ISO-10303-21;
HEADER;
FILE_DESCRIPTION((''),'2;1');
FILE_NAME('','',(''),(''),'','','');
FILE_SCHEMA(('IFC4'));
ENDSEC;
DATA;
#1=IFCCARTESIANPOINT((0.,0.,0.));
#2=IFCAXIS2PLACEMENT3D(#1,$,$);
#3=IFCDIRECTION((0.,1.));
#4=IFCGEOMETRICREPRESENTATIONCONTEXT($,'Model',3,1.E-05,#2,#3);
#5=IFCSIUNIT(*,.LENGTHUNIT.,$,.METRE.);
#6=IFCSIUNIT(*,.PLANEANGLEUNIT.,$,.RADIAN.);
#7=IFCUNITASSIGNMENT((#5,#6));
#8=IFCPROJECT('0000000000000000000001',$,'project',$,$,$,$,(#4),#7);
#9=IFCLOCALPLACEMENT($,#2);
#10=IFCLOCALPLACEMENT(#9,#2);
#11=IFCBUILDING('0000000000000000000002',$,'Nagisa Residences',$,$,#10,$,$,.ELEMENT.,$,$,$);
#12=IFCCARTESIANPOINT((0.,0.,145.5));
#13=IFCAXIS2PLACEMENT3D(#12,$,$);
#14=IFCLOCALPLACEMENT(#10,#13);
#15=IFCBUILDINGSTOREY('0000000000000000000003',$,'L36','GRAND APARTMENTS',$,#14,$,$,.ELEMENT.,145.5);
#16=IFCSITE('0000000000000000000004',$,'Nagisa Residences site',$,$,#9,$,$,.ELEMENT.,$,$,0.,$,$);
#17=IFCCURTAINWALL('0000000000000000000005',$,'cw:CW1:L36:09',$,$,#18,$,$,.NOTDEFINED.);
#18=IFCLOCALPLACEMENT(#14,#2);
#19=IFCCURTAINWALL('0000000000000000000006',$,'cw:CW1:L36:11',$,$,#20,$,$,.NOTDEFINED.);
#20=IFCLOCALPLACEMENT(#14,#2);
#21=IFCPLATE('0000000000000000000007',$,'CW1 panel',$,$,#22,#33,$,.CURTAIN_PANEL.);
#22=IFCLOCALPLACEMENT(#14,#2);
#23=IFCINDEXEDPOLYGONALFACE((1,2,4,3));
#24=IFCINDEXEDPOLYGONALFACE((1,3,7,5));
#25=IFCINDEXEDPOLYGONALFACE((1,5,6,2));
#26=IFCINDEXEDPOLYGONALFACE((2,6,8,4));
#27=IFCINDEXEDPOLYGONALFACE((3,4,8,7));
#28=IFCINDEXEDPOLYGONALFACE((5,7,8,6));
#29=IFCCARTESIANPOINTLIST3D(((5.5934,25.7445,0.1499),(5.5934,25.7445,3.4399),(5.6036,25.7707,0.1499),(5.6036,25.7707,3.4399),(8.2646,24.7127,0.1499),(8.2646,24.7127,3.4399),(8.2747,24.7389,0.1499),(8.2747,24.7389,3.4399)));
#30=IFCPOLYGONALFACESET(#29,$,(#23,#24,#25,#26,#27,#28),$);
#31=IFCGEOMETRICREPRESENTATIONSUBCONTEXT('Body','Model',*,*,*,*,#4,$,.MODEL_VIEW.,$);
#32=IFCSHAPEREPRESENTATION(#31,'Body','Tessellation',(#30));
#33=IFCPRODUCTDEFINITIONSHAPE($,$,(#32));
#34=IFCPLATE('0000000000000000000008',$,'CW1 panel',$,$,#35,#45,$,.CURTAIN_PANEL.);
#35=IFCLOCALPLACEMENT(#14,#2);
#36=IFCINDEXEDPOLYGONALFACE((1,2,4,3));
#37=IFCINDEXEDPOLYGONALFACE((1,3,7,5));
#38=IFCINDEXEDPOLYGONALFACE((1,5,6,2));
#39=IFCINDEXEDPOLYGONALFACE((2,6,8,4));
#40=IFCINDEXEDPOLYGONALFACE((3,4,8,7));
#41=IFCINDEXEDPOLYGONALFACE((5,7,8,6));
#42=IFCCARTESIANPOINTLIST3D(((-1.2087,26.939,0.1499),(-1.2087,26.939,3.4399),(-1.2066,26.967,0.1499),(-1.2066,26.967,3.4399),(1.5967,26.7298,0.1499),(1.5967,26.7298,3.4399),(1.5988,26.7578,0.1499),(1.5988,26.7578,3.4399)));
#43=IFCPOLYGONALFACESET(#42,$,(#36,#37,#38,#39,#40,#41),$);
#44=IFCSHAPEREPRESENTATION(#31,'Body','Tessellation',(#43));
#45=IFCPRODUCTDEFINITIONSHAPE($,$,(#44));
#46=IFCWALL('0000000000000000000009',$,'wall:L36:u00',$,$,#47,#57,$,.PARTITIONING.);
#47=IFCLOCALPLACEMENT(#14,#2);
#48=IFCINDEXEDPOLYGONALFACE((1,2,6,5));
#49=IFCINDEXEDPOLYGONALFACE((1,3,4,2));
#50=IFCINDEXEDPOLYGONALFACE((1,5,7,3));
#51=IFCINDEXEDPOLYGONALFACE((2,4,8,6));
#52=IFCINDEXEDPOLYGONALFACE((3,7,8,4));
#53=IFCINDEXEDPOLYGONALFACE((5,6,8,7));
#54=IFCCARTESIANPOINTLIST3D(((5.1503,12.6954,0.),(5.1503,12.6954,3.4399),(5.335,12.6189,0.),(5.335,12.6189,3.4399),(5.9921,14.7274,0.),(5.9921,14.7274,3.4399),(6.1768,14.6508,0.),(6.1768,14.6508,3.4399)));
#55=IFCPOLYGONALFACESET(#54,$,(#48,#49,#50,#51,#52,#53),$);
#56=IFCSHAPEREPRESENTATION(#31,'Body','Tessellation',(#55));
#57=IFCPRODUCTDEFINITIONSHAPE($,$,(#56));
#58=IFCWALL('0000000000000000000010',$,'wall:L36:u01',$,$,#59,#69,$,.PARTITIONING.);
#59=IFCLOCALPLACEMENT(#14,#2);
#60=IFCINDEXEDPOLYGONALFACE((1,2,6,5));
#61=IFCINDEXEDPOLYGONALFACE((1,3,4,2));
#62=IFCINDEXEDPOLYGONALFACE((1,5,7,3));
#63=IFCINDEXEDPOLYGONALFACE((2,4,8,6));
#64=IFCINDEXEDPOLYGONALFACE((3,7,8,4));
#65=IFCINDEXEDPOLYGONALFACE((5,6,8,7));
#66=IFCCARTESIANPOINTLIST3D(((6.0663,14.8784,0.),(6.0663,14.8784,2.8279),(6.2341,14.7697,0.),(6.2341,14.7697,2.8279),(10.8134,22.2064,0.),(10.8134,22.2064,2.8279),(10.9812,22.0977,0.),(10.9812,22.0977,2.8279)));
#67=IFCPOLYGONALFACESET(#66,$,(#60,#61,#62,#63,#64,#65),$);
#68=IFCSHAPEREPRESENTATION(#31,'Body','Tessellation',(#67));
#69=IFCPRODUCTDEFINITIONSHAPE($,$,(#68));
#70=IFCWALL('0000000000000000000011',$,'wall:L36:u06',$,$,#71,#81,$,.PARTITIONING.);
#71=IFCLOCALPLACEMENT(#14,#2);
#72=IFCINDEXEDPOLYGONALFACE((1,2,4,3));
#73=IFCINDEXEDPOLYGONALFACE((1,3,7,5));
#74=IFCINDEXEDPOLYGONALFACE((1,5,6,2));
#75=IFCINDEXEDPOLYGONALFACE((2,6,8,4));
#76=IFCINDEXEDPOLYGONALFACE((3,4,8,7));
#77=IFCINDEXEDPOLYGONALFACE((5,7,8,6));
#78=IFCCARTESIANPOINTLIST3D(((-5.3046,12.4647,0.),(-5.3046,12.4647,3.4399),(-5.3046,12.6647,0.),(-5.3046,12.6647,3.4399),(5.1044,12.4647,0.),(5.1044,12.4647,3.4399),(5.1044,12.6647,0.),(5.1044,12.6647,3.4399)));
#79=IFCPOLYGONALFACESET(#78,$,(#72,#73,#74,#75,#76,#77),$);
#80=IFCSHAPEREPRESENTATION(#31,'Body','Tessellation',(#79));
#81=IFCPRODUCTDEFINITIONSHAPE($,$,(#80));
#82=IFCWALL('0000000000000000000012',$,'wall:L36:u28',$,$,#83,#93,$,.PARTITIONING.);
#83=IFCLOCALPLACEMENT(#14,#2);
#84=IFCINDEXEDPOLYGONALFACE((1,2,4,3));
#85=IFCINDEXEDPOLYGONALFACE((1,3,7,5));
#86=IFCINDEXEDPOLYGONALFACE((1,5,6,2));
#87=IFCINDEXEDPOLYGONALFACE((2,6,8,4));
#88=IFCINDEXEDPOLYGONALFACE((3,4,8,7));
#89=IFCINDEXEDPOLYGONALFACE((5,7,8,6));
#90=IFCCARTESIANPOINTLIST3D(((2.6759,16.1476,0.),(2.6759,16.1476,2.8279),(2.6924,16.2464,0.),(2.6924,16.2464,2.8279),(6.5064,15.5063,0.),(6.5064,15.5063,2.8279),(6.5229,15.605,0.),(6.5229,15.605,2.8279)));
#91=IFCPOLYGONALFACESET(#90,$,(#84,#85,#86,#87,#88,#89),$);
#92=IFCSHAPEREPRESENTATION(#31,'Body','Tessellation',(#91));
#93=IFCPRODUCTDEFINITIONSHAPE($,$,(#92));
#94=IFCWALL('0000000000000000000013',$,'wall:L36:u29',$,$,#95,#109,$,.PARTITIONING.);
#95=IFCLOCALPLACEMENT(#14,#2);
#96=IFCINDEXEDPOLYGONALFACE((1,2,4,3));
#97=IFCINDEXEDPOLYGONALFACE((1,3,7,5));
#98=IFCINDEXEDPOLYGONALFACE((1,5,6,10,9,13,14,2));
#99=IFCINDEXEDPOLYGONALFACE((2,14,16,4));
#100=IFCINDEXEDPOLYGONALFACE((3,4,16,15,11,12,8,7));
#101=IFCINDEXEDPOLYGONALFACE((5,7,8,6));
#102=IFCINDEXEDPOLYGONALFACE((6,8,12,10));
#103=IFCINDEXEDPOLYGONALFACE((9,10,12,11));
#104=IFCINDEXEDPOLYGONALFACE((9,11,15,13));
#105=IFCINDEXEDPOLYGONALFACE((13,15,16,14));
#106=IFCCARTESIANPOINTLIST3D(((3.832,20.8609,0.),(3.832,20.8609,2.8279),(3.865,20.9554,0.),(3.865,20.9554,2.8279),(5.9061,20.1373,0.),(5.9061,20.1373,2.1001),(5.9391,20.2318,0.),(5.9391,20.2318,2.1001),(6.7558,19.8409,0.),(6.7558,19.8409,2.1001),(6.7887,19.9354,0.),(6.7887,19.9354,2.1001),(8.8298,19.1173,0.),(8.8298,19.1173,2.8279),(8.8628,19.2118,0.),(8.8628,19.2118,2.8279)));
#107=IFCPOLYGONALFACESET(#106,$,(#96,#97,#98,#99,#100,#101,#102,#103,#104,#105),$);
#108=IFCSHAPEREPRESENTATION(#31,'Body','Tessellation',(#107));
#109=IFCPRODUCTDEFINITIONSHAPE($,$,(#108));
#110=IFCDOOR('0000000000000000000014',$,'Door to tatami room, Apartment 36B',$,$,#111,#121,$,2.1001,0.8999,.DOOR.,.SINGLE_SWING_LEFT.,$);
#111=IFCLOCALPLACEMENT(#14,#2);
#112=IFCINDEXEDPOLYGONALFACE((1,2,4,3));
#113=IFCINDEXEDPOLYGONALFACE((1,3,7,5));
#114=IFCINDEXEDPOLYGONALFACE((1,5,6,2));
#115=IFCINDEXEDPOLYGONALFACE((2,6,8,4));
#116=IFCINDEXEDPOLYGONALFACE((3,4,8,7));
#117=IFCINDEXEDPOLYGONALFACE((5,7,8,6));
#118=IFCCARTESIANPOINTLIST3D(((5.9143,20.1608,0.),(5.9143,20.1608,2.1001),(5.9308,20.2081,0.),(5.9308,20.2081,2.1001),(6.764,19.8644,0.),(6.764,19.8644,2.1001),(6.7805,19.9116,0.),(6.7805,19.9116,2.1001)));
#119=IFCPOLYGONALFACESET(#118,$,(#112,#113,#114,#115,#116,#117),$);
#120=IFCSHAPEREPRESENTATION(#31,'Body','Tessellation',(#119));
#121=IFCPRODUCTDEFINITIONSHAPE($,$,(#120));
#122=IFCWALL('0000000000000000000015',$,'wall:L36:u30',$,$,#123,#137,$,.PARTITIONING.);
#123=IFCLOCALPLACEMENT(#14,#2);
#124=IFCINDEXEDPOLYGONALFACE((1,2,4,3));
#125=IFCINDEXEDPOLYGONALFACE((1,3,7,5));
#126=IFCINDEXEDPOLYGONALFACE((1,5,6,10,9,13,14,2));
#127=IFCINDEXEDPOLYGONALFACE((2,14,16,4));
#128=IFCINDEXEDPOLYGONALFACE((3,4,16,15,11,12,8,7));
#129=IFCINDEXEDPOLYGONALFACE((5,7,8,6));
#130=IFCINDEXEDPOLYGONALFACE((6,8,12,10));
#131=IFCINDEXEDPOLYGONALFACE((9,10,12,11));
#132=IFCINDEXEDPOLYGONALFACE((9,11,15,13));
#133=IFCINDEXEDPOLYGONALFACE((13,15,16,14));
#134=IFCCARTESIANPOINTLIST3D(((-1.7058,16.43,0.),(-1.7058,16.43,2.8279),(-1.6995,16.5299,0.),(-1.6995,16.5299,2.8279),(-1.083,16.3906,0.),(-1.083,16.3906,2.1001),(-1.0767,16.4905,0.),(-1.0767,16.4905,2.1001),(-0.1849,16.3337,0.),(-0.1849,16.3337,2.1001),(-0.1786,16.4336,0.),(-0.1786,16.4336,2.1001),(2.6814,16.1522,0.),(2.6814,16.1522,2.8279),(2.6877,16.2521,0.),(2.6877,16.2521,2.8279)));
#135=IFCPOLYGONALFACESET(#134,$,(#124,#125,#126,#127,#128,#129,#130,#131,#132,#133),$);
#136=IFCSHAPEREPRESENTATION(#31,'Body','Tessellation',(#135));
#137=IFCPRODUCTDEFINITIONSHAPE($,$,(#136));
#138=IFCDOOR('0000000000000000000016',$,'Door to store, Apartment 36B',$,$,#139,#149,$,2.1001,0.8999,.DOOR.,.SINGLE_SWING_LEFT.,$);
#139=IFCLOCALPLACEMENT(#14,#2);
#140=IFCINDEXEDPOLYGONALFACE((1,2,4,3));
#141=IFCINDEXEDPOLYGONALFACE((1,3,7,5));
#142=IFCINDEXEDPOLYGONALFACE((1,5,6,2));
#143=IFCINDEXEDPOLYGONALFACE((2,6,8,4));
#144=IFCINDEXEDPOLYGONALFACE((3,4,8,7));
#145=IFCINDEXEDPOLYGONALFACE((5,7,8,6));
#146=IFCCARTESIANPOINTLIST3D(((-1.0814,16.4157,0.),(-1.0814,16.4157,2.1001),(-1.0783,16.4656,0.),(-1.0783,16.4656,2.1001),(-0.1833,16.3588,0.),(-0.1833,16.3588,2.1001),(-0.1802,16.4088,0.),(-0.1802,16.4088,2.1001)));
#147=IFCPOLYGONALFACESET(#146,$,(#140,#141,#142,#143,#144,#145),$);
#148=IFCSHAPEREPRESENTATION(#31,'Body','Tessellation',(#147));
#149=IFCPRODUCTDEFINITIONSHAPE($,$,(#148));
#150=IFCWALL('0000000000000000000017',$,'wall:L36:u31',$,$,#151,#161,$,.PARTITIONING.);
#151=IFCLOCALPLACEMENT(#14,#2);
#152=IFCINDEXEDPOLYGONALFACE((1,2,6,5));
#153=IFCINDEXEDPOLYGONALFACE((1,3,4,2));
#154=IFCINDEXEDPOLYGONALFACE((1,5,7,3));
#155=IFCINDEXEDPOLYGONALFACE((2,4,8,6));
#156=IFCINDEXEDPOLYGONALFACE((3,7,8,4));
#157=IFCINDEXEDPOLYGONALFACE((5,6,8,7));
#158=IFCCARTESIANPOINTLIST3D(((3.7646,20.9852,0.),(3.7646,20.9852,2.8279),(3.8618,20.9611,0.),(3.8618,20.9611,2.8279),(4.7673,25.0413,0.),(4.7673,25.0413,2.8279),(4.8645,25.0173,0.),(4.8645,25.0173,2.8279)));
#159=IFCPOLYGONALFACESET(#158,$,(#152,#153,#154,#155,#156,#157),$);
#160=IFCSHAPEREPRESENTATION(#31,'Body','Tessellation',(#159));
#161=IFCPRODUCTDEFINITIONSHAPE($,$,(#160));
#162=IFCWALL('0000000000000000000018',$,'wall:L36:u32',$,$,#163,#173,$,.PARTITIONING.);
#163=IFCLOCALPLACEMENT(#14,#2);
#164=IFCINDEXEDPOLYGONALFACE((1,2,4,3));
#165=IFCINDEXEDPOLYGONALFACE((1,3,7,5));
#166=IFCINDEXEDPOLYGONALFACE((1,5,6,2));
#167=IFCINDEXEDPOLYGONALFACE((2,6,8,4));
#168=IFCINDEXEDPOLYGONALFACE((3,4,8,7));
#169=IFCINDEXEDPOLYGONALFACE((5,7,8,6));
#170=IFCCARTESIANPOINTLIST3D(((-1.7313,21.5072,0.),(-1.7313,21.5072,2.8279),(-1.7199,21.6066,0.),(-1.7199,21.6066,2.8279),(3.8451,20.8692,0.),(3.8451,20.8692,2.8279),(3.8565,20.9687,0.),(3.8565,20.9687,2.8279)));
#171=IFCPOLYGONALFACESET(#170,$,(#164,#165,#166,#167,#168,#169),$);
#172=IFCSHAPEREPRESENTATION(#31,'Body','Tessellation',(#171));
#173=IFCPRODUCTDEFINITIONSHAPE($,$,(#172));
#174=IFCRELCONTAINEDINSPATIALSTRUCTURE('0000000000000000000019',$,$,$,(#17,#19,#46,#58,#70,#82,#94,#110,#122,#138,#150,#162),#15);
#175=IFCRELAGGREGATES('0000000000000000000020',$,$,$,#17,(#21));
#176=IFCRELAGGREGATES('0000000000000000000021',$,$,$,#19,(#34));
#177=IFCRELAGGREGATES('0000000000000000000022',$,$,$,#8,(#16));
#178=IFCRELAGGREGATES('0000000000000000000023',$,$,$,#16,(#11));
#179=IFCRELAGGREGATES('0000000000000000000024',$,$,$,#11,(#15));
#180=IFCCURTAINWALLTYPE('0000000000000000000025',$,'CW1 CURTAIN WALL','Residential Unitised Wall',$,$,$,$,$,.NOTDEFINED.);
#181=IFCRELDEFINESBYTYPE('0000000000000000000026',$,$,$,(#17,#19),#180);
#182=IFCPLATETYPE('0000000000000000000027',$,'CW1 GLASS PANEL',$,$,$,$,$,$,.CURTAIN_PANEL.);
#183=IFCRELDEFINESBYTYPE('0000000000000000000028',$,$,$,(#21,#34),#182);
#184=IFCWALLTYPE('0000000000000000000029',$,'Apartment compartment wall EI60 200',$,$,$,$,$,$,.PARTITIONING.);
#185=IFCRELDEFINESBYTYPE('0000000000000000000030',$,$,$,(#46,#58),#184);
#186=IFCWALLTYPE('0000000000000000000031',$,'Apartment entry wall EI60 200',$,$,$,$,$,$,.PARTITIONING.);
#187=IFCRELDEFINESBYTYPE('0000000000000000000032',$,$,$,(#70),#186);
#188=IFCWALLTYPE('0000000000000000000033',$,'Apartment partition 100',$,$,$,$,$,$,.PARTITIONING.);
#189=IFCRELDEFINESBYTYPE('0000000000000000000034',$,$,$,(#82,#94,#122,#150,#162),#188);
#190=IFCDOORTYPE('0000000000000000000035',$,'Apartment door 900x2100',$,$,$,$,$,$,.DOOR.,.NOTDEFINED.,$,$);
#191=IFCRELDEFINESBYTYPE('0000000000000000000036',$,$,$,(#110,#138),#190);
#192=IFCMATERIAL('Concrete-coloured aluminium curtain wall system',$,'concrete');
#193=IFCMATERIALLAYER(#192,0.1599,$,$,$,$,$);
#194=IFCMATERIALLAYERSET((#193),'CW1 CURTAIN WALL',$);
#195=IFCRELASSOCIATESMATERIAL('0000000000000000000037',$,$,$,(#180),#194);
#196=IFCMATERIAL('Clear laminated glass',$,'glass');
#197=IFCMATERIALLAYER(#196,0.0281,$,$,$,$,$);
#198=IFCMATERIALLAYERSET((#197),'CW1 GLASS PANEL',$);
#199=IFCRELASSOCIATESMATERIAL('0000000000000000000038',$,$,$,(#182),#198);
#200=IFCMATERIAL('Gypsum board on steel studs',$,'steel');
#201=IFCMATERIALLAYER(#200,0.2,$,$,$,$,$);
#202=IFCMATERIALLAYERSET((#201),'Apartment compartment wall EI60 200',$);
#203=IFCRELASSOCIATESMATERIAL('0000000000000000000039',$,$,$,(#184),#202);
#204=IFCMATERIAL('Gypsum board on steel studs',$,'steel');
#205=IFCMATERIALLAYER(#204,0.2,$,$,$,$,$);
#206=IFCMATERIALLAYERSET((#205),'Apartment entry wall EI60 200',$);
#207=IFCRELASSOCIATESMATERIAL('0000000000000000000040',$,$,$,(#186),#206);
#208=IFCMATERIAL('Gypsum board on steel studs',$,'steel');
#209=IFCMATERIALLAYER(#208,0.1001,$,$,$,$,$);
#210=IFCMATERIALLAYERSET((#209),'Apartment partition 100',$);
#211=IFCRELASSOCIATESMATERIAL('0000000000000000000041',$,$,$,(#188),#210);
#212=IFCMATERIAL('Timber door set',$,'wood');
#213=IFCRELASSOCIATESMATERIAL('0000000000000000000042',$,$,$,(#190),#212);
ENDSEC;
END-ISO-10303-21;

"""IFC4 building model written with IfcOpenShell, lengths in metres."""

from ifc_helpers import new_model, si_unit, direction, frame, frame_2d, origin, origin_2d, place, context, subcontext, project, spatial, rectangle, extrude, material, layer, layer_set, type_object, element, fill, aggregate, save


model = new_model("IFC4")

# Units and contexts
model_context = context("Model", 3, precision=1e-05, world=origin(), true_north=direction((0.0, 1.0)))
body_context = subcontext(model_context, "Body", "Model", "MODEL_VIEW")
ifc_project = project(units=[si_unit("LENGTHUNIT", "METRE"), si_unit("PLANEANGLEUNIT", "RADIAN")], contexts=[model_context])

# Site, building, storey
site_placement = place(None, origin())
site = spatial("IfcSite", under=ifc_project, at=site_placement, Name="Nagisa Residences site", CompositionType="ELEMENT", RefElevation=0.0)
building_placement = place(site_placement, origin())
building = spatial("IfcBuilding", under=site, at=building_placement, Name="Nagisa Residences", CompositionType="ELEMENT")
storey_placement = place(building_placement, frame((0.0, 0.0, 145.5)))
storey = spatial("IfcBuildingStorey", under=building, at=storey_placement, Name="L36", Description="GRAND APARTMENTS", CompositionType="ELEMENT", Elevation=145.5)

# Curtain walls
ifc_material_1 = material(Name="Concrete-coloured aluminium curtain wall system", Category="concrete")
ifc_layer_1 = layer(ifc_material_1, 0.1599)
ifc_layer_set_1 = layer_set([ifc_layer_1], Name="CW1 CURTAIN WALL")
curtain_wall_type = type_object("IfcCurtainWallType", Name="CW1 CURTAIN WALL", Description="Residential Unitised Wall", PredefinedType="NOTDEFINED", material=ifc_layer_set_1)
curtain_wall_1_placement = place(storey_placement, origin())
curtain_wall_1 = element("IfcCurtainWall", 1, at=curtain_wall_1_placement, inside=storey, type_object=curtain_wall_type, Name="cw:CW1:L36:09", PredefinedType="NOTDEFINED")
curtain_wall_2_placement = place(storey_placement, origin())
curtain_wall_2 = element("IfcCurtainWall", 2, at=curtain_wall_2_placement, inside=storey, type_object=curtain_wall_type, Name="cw:CW1:L36:11", PredefinedType="NOTDEFINED")

# Shared definitions
ifc_material_2 = material(Name="Clear laminated glass", Category="glass")
ifc_layer_2 = layer(ifc_material_2, 0.0281)
ifc_layer_set_2 = layer_set([ifc_layer_2], Name="CW1 GLASS PANEL")
plate_type = type_object("IfcPlateType", Name="CW1 GLASS PANEL", PredefinedType="CURTAIN_PANEL", material=ifc_layer_set_2)

# Plates
plate_1_placement = place(storey_placement, frame((6.9341, 25.2417, 0.1499), z_axis=(0.0, 0.0, 1.0), x_axis=(-0.932826, 0.360328, 0.0)))
plate_1 = element("IfcPlate", 3, at=plate_1_placement, type_object=plate_type, Name="CW1 panel", PredefinedType="CURTAIN_PANEL", context=body_context, shape_type="SweptSolid", body=[
    extrude(rectangle(XDim=2.8635, YDim=0.0281, at=origin_2d()), origin(), (0.0, 0.0, 1.0), 3.29),
])
aggregate(curtain_wall_1, [plate_1])
plate_2_placement = place(storey_placement, frame((0.1951, 26.8484, 0.1499), z_axis=(0.0, 0.0, 1.0), x_axis=(-0.99723, 0.074377, 0.0)))
plate_2 = element("IfcPlate", 4, at=plate_2_placement, type_object=plate_type, Name="CW1 panel", PredefinedType="CURTAIN_PANEL", context=body_context, shape_type="SweptSolid", body=[
    extrude(rectangle(XDim=2.8132, YDim=0.0281, at=origin_2d()), origin(), (0.0, 0.0, 1.0), 3.29),
])
aggregate(curtain_wall_2, [plate_2])

# Walls
ifc_material_3 = material(Name="Gypsum board on steel studs", Category="steel")
ifc_layer_3 = layer(ifc_material_3, 0.2)
ifc_layer_set_3 = layer_set([ifc_layer_3], Name="Apartment compartment wall EI60 200")
wall_type_1 = type_object("IfcWallType", Name="Apartment compartment wall EI60 200", PredefinedType="PARTITIONING", material=ifc_layer_set_3)
wall_1_placement = place(storey_placement, frame((5.2427, 12.6572, 0.0), z_axis=(0.0, 0.0, 1.0), x_axis=(0.382731, 0.92386, 0.0)))
element("IfcWall", 5, at=wall_1_placement, inside=storey, type_object=wall_type_1, Name="wall:L36:u00", PredefinedType="PARTITIONING", context=body_context, shape_type="SweptSolid", body=[
    extrude(rectangle(XDim=2.1995, YDim=0.2, at=frame_2d((1.0996, 0.0))), origin(), (0.0, 0.0, 1.0), 3.4399),
])
wall_2_placement = place(storey_placement, frame((6.1501, 14.824, 0.0), z_axis=(0.0, 0.0, 1.0), x_axis=(0.543695, 0.839283, 0.0)))
element("IfcWall", 6, at=wall_2_placement, inside=storey, type_object=wall_type_1, Name="wall:L36:u01", PredefinedType="PARTITIONING", context=body_context, shape_type="SweptSolid", body=[
    extrude(rectangle(XDim=8.7312, YDim=0.2, at=frame_2d((4.3657, 0.0))), origin(), (0.0, 0.0, 1.0), 2.8279),
])
ifc_material_4 = material(Name="Gypsum board on steel studs", Category="steel")
ifc_layer_4 = layer(ifc_material_4, 0.2)
ifc_layer_set_4 = layer_set([ifc_layer_4], Name="Apartment entry wall EI60 200")
wall_type_2 = type_object("IfcWallType", Name="Apartment entry wall EI60 200", PredefinedType="PARTITIONING", material=ifc_layer_set_4)
wall_3_placement = place(storey_placement, frame((5.1045, 12.5647, 0.0), z_axis=(0.0, 0.0, 1.0), x_axis=(-1.0, 0.0, 0.0)))
element("IfcWall", 7, at=wall_3_placement, inside=storey, type_object=wall_type_2, Name="wall:L36:u06", PredefinedType="PARTITIONING", context=body_context, shape_type="SweptSolid", body=[
    extrude(rectangle(XDim=10.4089, YDim=0.2, at=frame_2d((5.2046, 0.0))), origin(), (0.0, 0.0, 1.0), 3.4399),
])
ifc_material_5 = material(Name="Gypsum board on steel studs", Category="steel")
ifc_layer_5 = layer(ifc_material_5, 0.1001)
ifc_layer_set_5 = layer_set([ifc_layer_5], Name="Apartment partition 100")
wall_type_3 = type_object("IfcWallType", Name="Apartment partition 100", PredefinedType="PARTITIONING", material=ifc_layer_set_5)
wall_4_placement = place(storey_placement, frame((6.5146, 15.5557, 0.0), z_axis=(0.0, 0.0, 1.0), x_axis=(-0.986271, 0.165133, 0.0)))
element("IfcWall", 8, at=wall_4_placement, inside=storey, type_object=wall_type_3, Name="wall:L36:u28", PredefinedType="PARTITIONING", context=body_context, shape_type="SweptSolid", body=[
    extrude(rectangle(XDim=3.8838, YDim=0.1001, at=frame_2d((1.9419, 0.0))), origin(), (0.0, 0.0, 1.0), 2.8279),
])

# Walls, openings, doors
wall_5_placement = place(storey_placement, frame((8.8462, 19.1646, 0.0), z_axis=(0.0, 0.0, 1.0), x_axis=(-0.944187, 0.329411, 0.0)))
wall_5 = element("IfcWall", 9, at=wall_5_placement, inside=storey, type_object=wall_type_3, Name="wall:L36:u29", PredefinedType="PARTITIONING", context=body_context, shape_type="SweptSolid", body=[
    extrude(rectangle(XDim=5.2932, YDim=0.1001, at=frame_2d((2.6465, 0.0))), origin(), (0.0, 0.0, 1.0), 2.8279),
])
opening_1_placement = place(wall_5_placement, frame((2.1965, 0.0, 0.0)))
opening_1 = element("IfcOpeningElement", 10, at=opening_1_placement, cuts=wall_5, PredefinedType="OPENING", context=body_context, shape_type="SweptSolid", body=[
    extrude(rectangle(XDim=0.8999, YDim=2.1001, at=frame_2d((0.45, 1.05))), frame((0.0, 0.0601, 0.0), z_axis=(0.0, -1.0, 0.0), x_axis=(1.0, 0.0, 0.0)), (0.0, 0.0, 1.0), 0.1201),
])
ifc_material_6 = material(Name="Timber door set", Category="wood")
door_type_1 = type_object("IfcDoorType", Name="Apartment door 900x2100", OperationType="NOTDEFINED", PredefinedType="DOOR", material=ifc_material_6)
door_1_placement = place(opening_1_placement, frame((0.8999, 0.0, 0.0), x_axis=(-1.0, 0.0, 0.0)))
door_1 = element("IfcDoor", 11, at=door_1_placement, inside=storey, type_object=door_type_1, Name="Door to tatami room, Apartment 36B", OperationType="SINGLE_SWING_LEFT", OverallHeight=2.1001, OverallWidth=0.8999, PredefinedType="DOOR", context=body_context, shape_type="SweptSolid", body=[
    extrude(rectangle(XDim=0.8999, YDim=2.1001, at=frame_2d((0.45, 1.05))), frame((0.0, 0.0249, 0.0), z_axis=(0.0, -1.0, 0.0), x_axis=(1.0, 0.0, 0.0)), (0.0, 0.0, 1.0), 0.05),
])
fill(opening_1, door_1)
wall_6_placement = place(storey_placement, frame((2.6846, 16.2021, 0.0), z_axis=(0.0, 0.0, 1.0), x_axis=(-0.998001, 0.063201, 0.0)))
wall_6 = element("IfcWall", 12, at=wall_6_placement, inside=storey, type_object=wall_type_3, Name="wall:L36:u30", PredefinedType="PARTITIONING", context=body_context, shape_type="SweptSolid", body=[
    extrude(rectangle(XDim=4.396, YDim=0.1001, at=frame_2d((2.198, 0.0))), origin(), (0.0, 0.0, 1.0), 2.8279),
])
opening_2_placement = place(wall_6_placement, frame((2.8721, 0.0, 0.0)))
opening_2 = element("IfcOpeningElement", 13, at=opening_2_placement, cuts=wall_6, PredefinedType="OPENING", context=body_context, shape_type="SweptSolid", body=[
    extrude(rectangle(XDim=0.8999, YDim=2.1001, at=frame_2d((0.45, 1.05))), frame((0.0, 0.0601, 0.0), z_axis=(0.0, -1.0, 0.0), x_axis=(1.0, 0.0, 0.0)), (0.0, 0.0, 1.0), 0.1201),
])
door_2_placement = place(opening_2_placement, origin())
door_2 = element("IfcDoor", 14, at=door_2_placement, inside=storey, type_object=door_type_1, Name="Door to store, Apartment 36B", OperationType="SINGLE_SWING_LEFT", OverallHeight=2.1001, OverallWidth=0.8999, PredefinedType="DOOR", context=body_context, shape_type="SweptSolid", body=[
    extrude(rectangle(XDim=0.8999, YDim=2.1001, at=frame_2d((0.45, 1.05))), frame((0.0, 0.0249, 0.0), z_axis=(0.0, -1.0, 0.0), x_axis=(1.0, 0.0, 0.0)), (0.0, 0.0, 1.0), 0.05),
])
fill(opening_2, door_2)

# Walls
wall_7_placement = place(storey_placement, frame((3.8132, 20.9731, 0.0), z_axis=(0.0, 0.0, 1.0), x_axis=(0.239978, 0.970778, 0.0)))
element("IfcWall", 15, at=wall_7_placement, inside=storey, type_object=wall_type_3, Name="wall:L36:u31", PredefinedType="PARTITIONING", context=body_context, shape_type="SweptSolid", body=[
    extrude(rectangle(XDim=4.1782, YDim=0.1001, at=frame_2d((2.0891, 0.0))), origin(), (0.0, 0.0, 1.0), 2.8279),
])
wall_8_placement = place(storey_placement, frame((3.8508, 20.9189, 0.0), z_axis=(0.0, 0.0, 1.0), x_axis=(-0.99352, 0.113658, 0.0)))
element("IfcWall", 16, at=wall_8_placement, inside=storey, type_object=wall_type_3, Name="wall:L36:u32", PredefinedType="PARTITIONING", context=body_context, shape_type="SweptSolid", body=[
    extrude(rectangle(XDim=5.6128, YDim=0.1001, at=frame_2d((2.8064, 0.0))), origin(), (0.0, 0.0, 1.0), 2.8279),
])

save(model, "model.ifc")
